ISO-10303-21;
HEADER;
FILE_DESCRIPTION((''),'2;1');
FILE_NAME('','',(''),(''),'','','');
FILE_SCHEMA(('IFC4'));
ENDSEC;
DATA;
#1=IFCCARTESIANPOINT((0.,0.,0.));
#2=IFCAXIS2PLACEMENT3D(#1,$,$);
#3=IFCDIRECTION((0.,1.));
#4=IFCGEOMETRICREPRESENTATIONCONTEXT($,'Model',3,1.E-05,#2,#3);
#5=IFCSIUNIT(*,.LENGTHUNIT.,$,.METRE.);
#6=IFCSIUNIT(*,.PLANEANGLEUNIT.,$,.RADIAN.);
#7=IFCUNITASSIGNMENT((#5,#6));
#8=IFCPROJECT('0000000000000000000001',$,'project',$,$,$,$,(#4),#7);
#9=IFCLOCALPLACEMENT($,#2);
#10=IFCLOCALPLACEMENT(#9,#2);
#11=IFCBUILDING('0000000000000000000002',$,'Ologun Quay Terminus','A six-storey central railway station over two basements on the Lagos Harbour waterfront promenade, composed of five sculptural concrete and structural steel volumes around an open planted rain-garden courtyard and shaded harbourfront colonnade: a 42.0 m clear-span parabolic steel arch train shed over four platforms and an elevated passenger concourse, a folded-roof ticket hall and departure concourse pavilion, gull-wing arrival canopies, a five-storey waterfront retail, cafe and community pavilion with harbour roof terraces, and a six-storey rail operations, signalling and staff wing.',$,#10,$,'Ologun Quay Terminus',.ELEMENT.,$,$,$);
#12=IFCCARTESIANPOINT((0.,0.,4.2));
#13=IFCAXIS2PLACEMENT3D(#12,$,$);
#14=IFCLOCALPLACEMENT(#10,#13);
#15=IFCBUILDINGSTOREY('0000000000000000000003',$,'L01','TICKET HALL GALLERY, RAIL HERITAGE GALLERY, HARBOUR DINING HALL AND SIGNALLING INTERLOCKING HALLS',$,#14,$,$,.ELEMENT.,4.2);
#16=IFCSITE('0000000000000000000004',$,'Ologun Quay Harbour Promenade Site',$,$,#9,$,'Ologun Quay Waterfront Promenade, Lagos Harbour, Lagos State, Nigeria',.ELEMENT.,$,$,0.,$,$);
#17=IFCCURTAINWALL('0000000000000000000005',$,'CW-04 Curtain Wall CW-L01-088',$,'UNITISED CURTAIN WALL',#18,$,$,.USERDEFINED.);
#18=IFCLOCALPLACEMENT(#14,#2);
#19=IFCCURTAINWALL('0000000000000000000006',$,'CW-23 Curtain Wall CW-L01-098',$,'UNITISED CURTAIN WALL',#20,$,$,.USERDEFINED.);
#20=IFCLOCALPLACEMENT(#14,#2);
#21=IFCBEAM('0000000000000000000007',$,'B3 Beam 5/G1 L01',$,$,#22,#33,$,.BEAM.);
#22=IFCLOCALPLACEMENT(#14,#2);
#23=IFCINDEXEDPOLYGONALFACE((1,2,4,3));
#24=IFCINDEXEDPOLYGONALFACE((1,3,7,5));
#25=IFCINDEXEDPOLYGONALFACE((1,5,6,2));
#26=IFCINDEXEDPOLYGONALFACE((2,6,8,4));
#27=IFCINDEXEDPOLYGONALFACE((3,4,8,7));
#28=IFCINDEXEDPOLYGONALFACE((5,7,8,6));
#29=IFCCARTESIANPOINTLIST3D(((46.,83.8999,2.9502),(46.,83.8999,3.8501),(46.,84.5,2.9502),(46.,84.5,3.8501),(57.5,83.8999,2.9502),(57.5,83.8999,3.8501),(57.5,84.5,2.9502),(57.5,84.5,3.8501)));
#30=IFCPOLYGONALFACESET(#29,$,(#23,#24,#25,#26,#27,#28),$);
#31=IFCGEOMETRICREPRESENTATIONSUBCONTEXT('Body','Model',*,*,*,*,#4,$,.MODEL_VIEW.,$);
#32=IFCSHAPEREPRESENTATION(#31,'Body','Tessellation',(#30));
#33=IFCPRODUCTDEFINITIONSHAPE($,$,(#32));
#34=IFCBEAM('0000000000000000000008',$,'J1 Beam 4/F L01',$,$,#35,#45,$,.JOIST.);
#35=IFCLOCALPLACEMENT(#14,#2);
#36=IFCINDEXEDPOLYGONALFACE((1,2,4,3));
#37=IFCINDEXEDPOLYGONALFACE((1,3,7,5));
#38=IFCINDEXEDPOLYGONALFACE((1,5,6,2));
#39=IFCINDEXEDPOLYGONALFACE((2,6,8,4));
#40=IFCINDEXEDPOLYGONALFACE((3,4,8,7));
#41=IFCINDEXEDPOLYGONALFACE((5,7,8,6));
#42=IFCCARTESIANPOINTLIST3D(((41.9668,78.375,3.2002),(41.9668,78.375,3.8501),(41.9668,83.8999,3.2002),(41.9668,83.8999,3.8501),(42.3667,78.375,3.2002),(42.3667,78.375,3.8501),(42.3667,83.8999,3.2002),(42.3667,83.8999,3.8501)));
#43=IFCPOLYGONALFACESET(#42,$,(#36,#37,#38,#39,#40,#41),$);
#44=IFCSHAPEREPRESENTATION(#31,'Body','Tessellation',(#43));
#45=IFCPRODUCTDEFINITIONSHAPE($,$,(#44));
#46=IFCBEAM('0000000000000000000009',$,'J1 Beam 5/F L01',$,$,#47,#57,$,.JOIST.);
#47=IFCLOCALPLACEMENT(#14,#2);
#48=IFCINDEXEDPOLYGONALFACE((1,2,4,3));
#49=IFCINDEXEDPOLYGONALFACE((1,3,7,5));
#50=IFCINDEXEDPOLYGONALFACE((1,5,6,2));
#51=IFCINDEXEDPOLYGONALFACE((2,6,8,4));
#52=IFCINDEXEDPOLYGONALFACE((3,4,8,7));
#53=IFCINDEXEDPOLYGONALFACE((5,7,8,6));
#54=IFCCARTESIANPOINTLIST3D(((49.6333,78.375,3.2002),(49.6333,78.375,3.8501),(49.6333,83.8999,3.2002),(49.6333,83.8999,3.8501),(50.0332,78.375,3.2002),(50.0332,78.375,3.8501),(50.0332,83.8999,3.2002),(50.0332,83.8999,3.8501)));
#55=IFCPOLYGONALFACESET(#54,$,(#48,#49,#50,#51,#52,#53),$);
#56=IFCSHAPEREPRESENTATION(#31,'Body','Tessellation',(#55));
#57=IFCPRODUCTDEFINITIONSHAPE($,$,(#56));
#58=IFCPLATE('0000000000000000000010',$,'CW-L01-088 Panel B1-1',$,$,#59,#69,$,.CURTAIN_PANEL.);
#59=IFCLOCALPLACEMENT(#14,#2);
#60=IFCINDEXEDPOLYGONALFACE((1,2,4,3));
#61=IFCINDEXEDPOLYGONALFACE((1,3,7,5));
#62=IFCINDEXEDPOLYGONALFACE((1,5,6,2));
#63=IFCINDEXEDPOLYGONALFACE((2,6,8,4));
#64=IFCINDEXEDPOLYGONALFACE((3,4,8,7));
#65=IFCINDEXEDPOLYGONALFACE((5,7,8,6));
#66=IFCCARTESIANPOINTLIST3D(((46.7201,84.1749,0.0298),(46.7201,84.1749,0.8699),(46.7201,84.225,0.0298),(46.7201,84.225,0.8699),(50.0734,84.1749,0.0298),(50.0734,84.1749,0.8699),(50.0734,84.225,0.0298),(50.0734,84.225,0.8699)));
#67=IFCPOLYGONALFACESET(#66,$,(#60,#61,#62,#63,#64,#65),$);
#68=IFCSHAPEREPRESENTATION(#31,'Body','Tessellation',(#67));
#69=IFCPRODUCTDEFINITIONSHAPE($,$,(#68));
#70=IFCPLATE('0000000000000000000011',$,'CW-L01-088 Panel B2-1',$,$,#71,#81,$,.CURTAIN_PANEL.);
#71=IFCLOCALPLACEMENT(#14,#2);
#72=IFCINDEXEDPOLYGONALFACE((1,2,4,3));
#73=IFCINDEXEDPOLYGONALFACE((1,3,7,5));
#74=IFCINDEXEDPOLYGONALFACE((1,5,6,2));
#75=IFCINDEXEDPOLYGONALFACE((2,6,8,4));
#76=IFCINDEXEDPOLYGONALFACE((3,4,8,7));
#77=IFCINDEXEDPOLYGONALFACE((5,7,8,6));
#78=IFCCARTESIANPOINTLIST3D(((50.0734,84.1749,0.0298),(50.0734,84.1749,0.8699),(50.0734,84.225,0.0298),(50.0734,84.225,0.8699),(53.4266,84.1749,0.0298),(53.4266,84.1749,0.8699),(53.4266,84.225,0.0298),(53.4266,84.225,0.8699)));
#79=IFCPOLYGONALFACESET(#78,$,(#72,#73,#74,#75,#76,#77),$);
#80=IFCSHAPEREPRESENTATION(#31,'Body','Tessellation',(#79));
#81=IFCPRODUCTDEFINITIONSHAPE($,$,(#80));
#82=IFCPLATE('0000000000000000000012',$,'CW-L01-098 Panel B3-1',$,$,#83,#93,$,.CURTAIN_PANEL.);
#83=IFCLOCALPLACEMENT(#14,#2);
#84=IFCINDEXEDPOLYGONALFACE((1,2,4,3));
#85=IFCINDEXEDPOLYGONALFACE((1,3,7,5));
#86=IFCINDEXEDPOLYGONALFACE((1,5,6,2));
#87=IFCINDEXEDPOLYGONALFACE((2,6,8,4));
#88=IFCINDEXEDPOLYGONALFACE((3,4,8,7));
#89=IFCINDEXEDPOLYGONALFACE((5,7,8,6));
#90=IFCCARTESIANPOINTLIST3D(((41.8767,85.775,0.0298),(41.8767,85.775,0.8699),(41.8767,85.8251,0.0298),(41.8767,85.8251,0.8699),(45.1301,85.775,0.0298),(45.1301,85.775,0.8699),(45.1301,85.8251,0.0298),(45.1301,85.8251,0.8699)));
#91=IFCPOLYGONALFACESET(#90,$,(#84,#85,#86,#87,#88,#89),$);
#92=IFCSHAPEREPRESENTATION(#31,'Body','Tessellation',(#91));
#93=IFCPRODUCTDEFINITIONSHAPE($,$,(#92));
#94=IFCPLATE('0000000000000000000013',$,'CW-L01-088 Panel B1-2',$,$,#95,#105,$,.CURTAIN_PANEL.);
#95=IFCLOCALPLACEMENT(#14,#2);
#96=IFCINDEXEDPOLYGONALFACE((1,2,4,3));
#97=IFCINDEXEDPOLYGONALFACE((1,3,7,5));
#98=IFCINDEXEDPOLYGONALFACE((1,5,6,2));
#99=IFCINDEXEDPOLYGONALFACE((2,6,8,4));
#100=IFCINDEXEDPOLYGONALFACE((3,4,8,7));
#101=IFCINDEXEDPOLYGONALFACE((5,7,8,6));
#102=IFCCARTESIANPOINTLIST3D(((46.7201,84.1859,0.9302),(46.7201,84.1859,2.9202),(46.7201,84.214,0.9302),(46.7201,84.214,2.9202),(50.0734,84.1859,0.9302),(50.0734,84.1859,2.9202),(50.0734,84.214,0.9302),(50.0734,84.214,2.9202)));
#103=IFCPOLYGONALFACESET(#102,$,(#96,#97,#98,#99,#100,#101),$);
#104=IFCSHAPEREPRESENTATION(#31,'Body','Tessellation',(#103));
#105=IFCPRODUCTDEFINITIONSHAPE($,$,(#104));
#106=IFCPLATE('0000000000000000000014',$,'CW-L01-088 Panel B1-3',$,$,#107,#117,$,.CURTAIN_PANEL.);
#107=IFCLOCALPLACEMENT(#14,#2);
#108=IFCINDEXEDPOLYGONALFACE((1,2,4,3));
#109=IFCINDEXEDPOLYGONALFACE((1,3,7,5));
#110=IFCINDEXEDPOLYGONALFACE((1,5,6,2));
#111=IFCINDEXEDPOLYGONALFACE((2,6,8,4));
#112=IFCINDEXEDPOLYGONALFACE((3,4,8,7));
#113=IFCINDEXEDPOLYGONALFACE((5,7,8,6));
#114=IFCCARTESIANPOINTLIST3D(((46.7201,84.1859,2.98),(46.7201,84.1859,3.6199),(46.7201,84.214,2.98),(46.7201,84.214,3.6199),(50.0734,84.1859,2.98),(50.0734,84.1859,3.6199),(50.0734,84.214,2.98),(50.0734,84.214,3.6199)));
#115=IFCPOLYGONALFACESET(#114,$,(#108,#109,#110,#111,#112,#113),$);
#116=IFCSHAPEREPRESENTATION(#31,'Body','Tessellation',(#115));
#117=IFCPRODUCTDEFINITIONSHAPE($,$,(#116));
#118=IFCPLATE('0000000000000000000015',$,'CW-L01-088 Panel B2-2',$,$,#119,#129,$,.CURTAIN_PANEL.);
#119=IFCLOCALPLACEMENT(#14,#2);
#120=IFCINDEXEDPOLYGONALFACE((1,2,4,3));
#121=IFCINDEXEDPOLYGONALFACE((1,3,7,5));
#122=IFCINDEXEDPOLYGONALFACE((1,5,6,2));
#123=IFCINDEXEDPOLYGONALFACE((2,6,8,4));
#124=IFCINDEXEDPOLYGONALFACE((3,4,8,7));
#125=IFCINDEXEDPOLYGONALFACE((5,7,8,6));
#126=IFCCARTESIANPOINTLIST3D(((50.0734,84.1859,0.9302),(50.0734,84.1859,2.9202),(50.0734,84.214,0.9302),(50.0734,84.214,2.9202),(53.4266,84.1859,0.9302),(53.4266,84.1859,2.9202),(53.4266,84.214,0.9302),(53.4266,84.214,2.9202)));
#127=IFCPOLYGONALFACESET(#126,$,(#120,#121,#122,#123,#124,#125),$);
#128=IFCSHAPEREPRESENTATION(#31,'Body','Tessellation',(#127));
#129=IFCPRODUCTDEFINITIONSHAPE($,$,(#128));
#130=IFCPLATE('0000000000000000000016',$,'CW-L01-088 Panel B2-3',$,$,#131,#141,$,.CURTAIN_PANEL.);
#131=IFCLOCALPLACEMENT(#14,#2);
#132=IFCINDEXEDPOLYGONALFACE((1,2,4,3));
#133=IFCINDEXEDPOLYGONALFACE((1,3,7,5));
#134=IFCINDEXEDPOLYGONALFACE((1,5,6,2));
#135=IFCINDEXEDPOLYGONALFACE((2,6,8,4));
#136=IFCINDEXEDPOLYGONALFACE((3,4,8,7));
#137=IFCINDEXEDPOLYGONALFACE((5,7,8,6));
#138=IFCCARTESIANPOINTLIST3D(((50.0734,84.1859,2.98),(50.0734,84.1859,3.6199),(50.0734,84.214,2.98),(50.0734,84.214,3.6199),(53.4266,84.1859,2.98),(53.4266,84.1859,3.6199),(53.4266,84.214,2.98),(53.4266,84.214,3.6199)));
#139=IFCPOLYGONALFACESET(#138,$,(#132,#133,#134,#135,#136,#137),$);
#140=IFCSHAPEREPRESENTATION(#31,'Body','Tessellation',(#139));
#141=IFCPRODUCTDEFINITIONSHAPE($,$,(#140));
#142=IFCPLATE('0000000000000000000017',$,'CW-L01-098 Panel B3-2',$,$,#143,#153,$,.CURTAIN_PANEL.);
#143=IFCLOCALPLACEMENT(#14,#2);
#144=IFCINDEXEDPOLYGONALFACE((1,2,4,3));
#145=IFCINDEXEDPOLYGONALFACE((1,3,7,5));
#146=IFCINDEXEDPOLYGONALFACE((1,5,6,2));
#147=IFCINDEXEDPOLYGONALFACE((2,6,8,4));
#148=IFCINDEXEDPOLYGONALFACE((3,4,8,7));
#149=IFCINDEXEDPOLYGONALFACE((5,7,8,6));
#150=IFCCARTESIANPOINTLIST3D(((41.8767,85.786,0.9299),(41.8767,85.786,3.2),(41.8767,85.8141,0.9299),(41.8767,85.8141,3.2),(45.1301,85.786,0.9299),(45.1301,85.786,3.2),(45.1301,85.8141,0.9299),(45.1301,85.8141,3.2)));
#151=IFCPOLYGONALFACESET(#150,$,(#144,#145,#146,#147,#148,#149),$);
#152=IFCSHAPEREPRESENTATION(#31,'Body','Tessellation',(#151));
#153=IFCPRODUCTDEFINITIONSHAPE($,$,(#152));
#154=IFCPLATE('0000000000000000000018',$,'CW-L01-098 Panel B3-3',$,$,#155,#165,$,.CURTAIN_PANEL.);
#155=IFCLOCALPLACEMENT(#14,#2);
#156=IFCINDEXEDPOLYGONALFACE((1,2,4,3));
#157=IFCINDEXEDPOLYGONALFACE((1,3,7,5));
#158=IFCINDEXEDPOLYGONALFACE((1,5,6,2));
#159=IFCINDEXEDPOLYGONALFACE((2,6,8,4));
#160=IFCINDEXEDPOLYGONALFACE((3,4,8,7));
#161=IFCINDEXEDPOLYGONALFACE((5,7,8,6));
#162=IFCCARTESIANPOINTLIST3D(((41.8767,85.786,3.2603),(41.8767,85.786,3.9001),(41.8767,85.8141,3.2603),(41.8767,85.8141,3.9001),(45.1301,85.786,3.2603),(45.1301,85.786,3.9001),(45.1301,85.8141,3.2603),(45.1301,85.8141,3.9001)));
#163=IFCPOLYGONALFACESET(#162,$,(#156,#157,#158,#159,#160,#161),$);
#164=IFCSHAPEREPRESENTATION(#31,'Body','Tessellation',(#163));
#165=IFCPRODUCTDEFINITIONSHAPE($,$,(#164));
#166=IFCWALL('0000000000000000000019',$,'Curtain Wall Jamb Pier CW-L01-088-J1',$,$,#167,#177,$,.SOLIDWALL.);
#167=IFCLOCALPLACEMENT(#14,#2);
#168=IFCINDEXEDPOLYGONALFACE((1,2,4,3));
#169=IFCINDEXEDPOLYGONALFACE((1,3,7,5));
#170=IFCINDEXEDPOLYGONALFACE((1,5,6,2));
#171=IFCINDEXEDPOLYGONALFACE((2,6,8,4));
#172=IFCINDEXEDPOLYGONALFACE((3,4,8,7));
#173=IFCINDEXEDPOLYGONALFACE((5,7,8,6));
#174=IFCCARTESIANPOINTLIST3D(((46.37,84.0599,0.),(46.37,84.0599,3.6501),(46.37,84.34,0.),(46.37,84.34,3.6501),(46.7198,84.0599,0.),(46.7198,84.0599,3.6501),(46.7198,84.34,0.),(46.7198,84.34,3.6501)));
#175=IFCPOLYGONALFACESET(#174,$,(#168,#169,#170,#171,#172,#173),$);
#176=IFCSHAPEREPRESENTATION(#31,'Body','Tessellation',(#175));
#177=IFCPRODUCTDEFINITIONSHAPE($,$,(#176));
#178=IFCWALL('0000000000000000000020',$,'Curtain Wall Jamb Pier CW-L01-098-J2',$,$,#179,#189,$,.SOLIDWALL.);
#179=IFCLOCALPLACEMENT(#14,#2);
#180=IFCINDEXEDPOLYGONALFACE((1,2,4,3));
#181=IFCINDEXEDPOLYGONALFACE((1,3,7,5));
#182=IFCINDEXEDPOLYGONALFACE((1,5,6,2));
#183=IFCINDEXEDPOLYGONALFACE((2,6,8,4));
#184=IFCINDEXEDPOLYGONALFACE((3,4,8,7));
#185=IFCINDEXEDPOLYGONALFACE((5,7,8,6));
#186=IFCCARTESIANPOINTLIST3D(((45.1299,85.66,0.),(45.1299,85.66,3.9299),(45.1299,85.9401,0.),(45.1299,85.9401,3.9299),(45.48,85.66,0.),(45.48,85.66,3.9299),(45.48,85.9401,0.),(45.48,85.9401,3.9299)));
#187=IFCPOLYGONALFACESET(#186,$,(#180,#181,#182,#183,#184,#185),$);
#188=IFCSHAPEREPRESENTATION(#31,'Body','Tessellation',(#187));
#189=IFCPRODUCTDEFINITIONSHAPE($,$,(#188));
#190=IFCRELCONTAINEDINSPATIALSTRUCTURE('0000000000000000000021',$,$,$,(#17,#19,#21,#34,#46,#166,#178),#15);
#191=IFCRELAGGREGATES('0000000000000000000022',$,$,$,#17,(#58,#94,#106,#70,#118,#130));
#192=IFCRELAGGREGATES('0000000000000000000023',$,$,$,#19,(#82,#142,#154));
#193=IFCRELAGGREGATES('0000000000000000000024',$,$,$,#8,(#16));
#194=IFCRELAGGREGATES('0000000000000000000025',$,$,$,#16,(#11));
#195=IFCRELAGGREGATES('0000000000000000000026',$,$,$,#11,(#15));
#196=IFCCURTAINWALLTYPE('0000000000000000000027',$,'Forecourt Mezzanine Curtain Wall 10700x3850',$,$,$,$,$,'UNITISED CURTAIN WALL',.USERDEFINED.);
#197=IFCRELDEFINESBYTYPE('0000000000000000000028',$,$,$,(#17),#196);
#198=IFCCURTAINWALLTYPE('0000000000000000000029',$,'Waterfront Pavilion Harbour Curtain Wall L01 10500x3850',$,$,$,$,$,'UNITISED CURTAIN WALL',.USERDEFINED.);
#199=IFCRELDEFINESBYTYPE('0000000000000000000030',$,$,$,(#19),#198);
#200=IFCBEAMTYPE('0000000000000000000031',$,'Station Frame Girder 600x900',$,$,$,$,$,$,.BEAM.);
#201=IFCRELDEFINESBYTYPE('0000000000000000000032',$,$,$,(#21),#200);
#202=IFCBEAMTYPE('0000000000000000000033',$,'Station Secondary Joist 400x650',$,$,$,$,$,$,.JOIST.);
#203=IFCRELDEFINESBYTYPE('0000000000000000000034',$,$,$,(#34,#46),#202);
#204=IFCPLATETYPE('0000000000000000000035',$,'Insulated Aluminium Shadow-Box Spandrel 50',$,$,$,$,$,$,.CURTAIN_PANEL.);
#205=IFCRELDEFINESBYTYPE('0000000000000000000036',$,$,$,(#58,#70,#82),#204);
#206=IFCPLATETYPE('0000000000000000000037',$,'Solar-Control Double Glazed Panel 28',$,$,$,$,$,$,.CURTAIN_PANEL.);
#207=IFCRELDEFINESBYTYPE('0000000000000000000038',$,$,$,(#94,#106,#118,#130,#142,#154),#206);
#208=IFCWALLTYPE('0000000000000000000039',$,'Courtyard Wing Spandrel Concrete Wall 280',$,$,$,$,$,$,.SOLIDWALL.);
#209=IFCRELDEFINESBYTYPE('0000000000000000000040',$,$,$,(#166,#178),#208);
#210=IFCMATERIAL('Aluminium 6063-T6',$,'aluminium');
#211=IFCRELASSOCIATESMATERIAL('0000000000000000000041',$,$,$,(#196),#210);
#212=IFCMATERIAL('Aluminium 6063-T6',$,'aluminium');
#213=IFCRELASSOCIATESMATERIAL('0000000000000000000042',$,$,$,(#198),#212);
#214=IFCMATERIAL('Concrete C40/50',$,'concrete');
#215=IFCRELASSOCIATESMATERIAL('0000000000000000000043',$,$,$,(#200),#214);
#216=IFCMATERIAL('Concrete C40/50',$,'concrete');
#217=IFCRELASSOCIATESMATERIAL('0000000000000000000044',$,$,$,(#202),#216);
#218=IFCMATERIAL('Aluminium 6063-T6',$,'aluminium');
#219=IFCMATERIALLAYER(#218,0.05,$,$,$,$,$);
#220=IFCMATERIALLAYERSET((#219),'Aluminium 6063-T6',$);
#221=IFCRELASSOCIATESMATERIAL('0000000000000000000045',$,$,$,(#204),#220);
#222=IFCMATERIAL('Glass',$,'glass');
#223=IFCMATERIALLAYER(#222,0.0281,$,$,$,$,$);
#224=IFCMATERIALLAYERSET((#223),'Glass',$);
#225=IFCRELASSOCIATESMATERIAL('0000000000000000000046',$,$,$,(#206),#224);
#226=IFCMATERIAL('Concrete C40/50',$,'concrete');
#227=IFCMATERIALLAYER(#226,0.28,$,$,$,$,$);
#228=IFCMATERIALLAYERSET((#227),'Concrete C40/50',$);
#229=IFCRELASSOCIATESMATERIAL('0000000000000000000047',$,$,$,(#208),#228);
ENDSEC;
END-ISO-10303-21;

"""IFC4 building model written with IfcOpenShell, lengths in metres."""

from ifc_helpers import new_model, si_unit, direction, frame, frame_2d, origin, origin_2d, place, context, subcontext, project, spatial, rectangle, extrude, material, layer, layer_set, material_profile, profile_set, type_object, element, aggregate, save


model = new_model("IFC4")

# Units and contexts
model_context = context("Model", 3, precision=1e-05, world=origin(), true_north=direction((0.0, 1.0)))
body_context = subcontext(model_context, "Body", "Model", "MODEL_VIEW")
ifc_project = project(units=[si_unit("LENGTHUNIT", "METRE"), si_unit("PLANEANGLEUNIT", "RADIAN")], contexts=[model_context])

# Site, building, storey
site_placement = place(None, origin())
site = spatial("IfcSite", under=ifc_project, at=site_placement, Name="Ologun Quay Harbour Promenade Site", LongName="Ologun Quay Waterfront Promenade, Lagos Harbour, Lagos State, Nigeria", CompositionType="ELEMENT", RefElevation=0.0)
building_placement = place(site_placement, origin())
building = spatial("IfcBuilding", under=site, at=building_placement, Name="Ologun Quay Terminus", Description="A six-storey central railway station over two basements on the Lagos Harbour waterfront promenade, composed of five sculptural concrete and structural steel volumes around an open planted rain-garden courtyard and shaded harbourfront colonnade: a 42.0 m clear-span parabolic steel arch train shed over four platforms and an elevated passenger concourse, a folded-roof ticket hall and departure concourse pavilion, gull-wing arrival canopies, a five-storey waterfront retail, cafe and community pavilion with harbour roof terraces, and a six-storey rail operations, signalling and staff wing.", LongName="Ologun Quay Terminus", CompositionType="ELEMENT")
storey_placement = place(building_placement, frame((0.0, 0.0, 4.2)))
storey = spatial("IfcBuildingStorey", under=building, at=storey_placement, Name="L01", Description="TICKET HALL GALLERY, RAIL HERITAGE GALLERY, HARBOUR DINING HALL AND SIGNALLING INTERLOCKING HALLS", CompositionType="ELEMENT", Elevation=4.2)

# Curtain wall
ifc_material_1 = material(Name="Aluminium 6063-T6", Category="aluminium")
curtain_wall_type_1 = type_object("IfcCurtainWallType", Name="Forecourt Mezzanine Curtain Wall 10700x3850", ElementType="UNITISED CURTAIN WALL", PredefinedType="USERDEFINED", material=ifc_material_1)
curtain_wall_1_placement = place(storey_placement, origin())
curtain_wall_1 = element("IfcCurtainWall", 1, at=curtain_wall_1_placement, inside=storey, type_object=curtain_wall_type_1, Name="CW-04 Curtain Wall CW-L01-088", ObjectType="UNITISED CURTAIN WALL", PredefinedType="USERDEFINED")

# Curtain wall
ifc_material_2 = material(Name="Aluminium 6063-T6", Category="aluminium")
curtain_wall_type_2 = type_object("IfcCurtainWallType", Name="Waterfront Pavilion Harbour Curtain Wall L01 10500x3850", ElementType="UNITISED CURTAIN WALL", PredefinedType="USERDEFINED", material=ifc_material_2)
curtain_wall_2_placement = place(storey_placement, origin())
curtain_wall_2 = element("IfcCurtainWall", 2, at=curtain_wall_2_placement, inside=storey, type_object=curtain_wall_type_2, Name="CW-23 Curtain Wall CW-L01-098", ObjectType="UNITISED CURTAIN WALL", PredefinedType="USERDEFINED")

# Beams
ifc_material_3 = material(Name="Concrete C40/50", Category="concrete")
ifc_material_profile_1 = material_profile(ifc_material_3, rectangle(XDim=0.6001, YDim=0.8999, at=origin_2d()), Name="RC 600x900")
ifc_profile_set_1 = profile_set([ifc_material_profile_1], Name="Concrete C40/50")
beam_type_1 = type_object("IfcBeamType", Name="Station Frame Girder 600x900", PredefinedType="BEAM", material=ifc_profile_set_1)
beam_1_placement = place(storey_placement, frame((46.0, 84.2, 3.4001), z_axis=(1.0, 0.0, 0.0), x_axis=(0.0, 1.0, 0.0)))
element("IfcBeam", 3, at=beam_1_placement, inside=storey, type_object=beam_type_1, Name="B3 Beam 5/G1 L01", PredefinedType="BEAM", context=body_context, shape_type="SweptSolid", body=[
    extrude(rectangle(XDim=0.6001, YDim=0.8999, at=origin_2d()), origin(), (0.0, 0.0, 1.0), 11.5),
])
ifc_material_4 = material(Name="Concrete C40/50", Category="concrete")
ifc_material_profile_2 = material_profile(ifc_material_4, rectangle(XDim=0.3999, YDim=0.6499, at=origin_2d()), Name="RC 400x650")
ifc_profile_set_2 = profile_set([ifc_material_profile_2], Name="Concrete C40/50")
beam_type_2 = type_object("IfcBeamType", Name="Station Secondary Joist 400x650", PredefinedType="JOIST", material=ifc_profile_set_2)
for number, where, z_axis, x_axis, name in (
    (4, (42.1667, 78.375, 3.5251), (0.0, 1.0, 0.0), (-1.0, 0.0, 0.0), "J1 Beam 4/F L01"),
    (5, (49.8333, 78.375, 3.5251), (0.0, 1.0, 0.0), (-1.0, 0.0, 0.0), "J1 Beam 5/F L01"),
):
    element("IfcBeam", number, at=place(storey_placement, frame(where, z_axis=z_axis, x_axis=x_axis)), inside=storey, type_object=beam_type_2, Name=name, PredefinedType="JOIST", context=body_context, shape_type="SweptSolid", body=[
        extrude(rectangle(XDim=0.3999, YDim=0.6499, at=origin_2d()), origin(), (0.0, 0.0, 1.0), 5.5249),
    ])

# Plates
ifc_material_5 = material(Name="Aluminium 6063-T6", Category="aluminium")
ifc_layer_1 = layer(ifc_material_5, 0.05)
ifc_layer_set_1 = layer_set([ifc_layer_1], Name="Aluminium 6063-T6")
plate_type_1 = type_object("IfcPlateType", Name="Insulated Aluminium Shadow-Box Spandrel 50", PredefinedType="CURTAIN_PANEL", material=ifc_layer_set_1)
plate_1_placement = place(storey_placement, frame((48.3967, 84.2, 0.0298), z_axis=(0.0, 0.0, 1.0), x_axis=(1.0, 0.0, 0.0)))
plate_1 = element("IfcPlate", 6, at=plate_1_placement, type_object=plate_type_1, Name="CW-L01-088 Panel B1-1", PredefinedType="CURTAIN_PANEL", context=body_context, shape_type="SweptSolid", body=[
    extrude(rectangle(XDim=3.3533, YDim=0.05, at=origin_2d()), origin(), (0.0, 0.0, 1.0), 0.8401),
])
plate_2_placement = place(storey_placement, frame((51.75, 84.2, 0.0298), z_axis=(0.0, 0.0, 1.0), x_axis=(1.0, 0.0, 0.0)))
plate_2 = element("IfcPlate", 7, at=plate_2_placement, type_object=plate_type_1, Name="CW-L01-088 Panel B2-1", PredefinedType="CURTAIN_PANEL", context=body_context, shape_type="SweptSolid", body=[
    extrude(rectangle(XDim=3.3533, YDim=0.05, at=origin_2d()), origin(), (0.0, 0.0, 1.0), 0.8401),
])
plate_3_placement = place(storey_placement, frame((43.5034, 85.8, 0.0298), z_axis=(0.0, 0.0, 1.0), x_axis=(1.0, 0.0, 0.0)))
plate_3 = element("IfcPlate", 8, at=plate_3_placement, type_object=plate_type_1, Name="CW-L01-098 Panel B3-1", PredefinedType="CURTAIN_PANEL", context=body_context, shape_type="SweptSolid", body=[
    extrude(rectangle(XDim=3.2534, YDim=0.05, at=origin_2d()), origin(), (0.0, 0.0, 1.0), 0.8401),
])
ifc_material_6 = material(Name="Glass", Category="glass")
ifc_layer_2 = layer(ifc_material_6, 0.0281)
ifc_layer_set_2 = layer_set([ifc_layer_2], Name="Glass")
plate_type_2 = type_object("IfcPlateType", Name="Solar-Control Double Glazed Panel 28", PredefinedType="CURTAIN_PANEL", material=ifc_layer_set_2)
plate_4_placement = place(storey_placement, frame((48.3967, 84.2, 0.9302), z_axis=(0.0, 0.0, 1.0), x_axis=(1.0, 0.0, 0.0)))
plate_4 = element("IfcPlate", 9, at=plate_4_placement, type_object=plate_type_2, Name="CW-L01-088 Panel B1-2", PredefinedType="CURTAIN_PANEL", context=body_context, shape_type="SweptSolid", body=[
    extrude(rectangle(XDim=3.3533, YDim=0.0281, at=origin_2d()), origin(), (0.0, 0.0, 1.0), 1.99),
])
plate_5_placement = place(storey_placement, frame((48.3967, 84.2, 2.98), z_axis=(0.0, 0.0, 1.0), x_axis=(1.0, 0.0, 0.0)))
plate_5 = element("IfcPlate", 10, at=plate_5_placement, type_object=plate_type_2, Name="CW-L01-088 Panel B1-3", PredefinedType="CURTAIN_PANEL", context=body_context, shape_type="SweptSolid", body=[
    extrude(rectangle(XDim=3.3533, YDim=0.0281, at=origin_2d()), origin(), (0.0, 0.0, 1.0), 0.6399),
])
plate_6_placement = place(storey_placement, frame((51.75, 84.2, 0.9302), z_axis=(0.0, 0.0, 1.0), x_axis=(1.0, 0.0, 0.0)))
plate_6 = element("IfcPlate", 11, at=plate_6_placement, type_object=plate_type_2, Name="CW-L01-088 Panel B2-2", PredefinedType="CURTAIN_PANEL", context=body_context, shape_type="SweptSolid", body=[
    extrude(rectangle(XDim=3.3533, YDim=0.0281, at=origin_2d()), origin(), (0.0, 0.0, 1.0), 1.99),
])
plate_7_placement = place(storey_placement, frame((51.75, 84.2, 2.98), z_axis=(0.0, 0.0, 1.0), x_axis=(1.0, 0.0, 0.0)))
plate_7 = element("IfcPlate", 12, at=plate_7_placement, type_object=plate_type_2, Name="CW-L01-088 Panel B2-3", PredefinedType="CURTAIN_PANEL", context=body_context, shape_type="SweptSolid", body=[
    extrude(rectangle(XDim=3.3533, YDim=0.0281, at=origin_2d()), origin(), (0.0, 0.0, 1.0), 0.6399),
])
aggregate(curtain_wall_1, [plate_1, plate_4, plate_5, plate_2, plate_6, plate_7])
plate_8_placement = place(storey_placement, frame((43.5034, 85.8, 0.9299), z_axis=(0.0, 0.0, 1.0), x_axis=(1.0, 0.0, 0.0)))
plate_8 = element("IfcPlate", 13, at=plate_8_placement, type_object=plate_type_2, Name="CW-L01-098 Panel B3-2", PredefinedType="CURTAIN_PANEL", context=body_context, shape_type="SweptSolid", body=[
    extrude(rectangle(XDim=3.2534, YDim=0.0281, at=origin_2d()), origin(), (0.0, 0.0, 1.0), 2.27),
])
plate_9_placement = place(storey_placement, frame((43.5034, 85.8, 3.2603), z_axis=(0.0, 0.0, 1.0), x_axis=(1.0, 0.0, 0.0)))
plate_9 = element("IfcPlate", 14, at=plate_9_placement, type_object=plate_type_2, Name="CW-L01-098 Panel B3-3", PredefinedType="CURTAIN_PANEL", context=body_context, shape_type="SweptSolid", body=[
    extrude(rectangle(XDim=3.2534, YDim=0.0281, at=origin_2d()), origin(), (0.0, 0.0, 1.0), 0.6399),
])
aggregate(curtain_wall_2, [plate_3, plate_8, plate_9])

# Walls
ifc_material_7 = material(Name="Concrete C40/50", Category="concrete")
ifc_layer_3 = layer(ifc_material_7, 0.28)
ifc_layer_set_3 = layer_set([ifc_layer_3], Name="Concrete C40/50")
wall_type_1 = type_object("IfcWallType", Name="Courtyard Wing Spandrel Concrete Wall 280", PredefinedType="SOLIDWALL", material=ifc_layer_set_3)
wall_1_placement = place(storey_placement, frame((46.3701, 84.2, 0.0), z_axis=(0.0, 0.0, 1.0), x_axis=(1.0, 0.0, 0.0)))
element("IfcWall", 15, at=wall_1_placement, inside=storey, type_object=wall_type_1, Name="Curtain Wall Jamb Pier CW-L01-088-J1", PredefinedType="SOLIDWALL", context=body_context, shape_type="SweptSolid", body=[
    extrude(rectangle(XDim=0.3499, YDim=0.28, at=frame_2d((0.1748, 0.0))), origin(), (0.0, 0.0, 1.0), 3.6501),
])
wall_2_placement = place(storey_placement, frame((45.1299, 85.8, 0.0), z_axis=(0.0, 0.0, 1.0), x_axis=(1.0, 0.0, 0.0)))
element("IfcWall", 16, at=wall_2_placement, inside=storey, type_object=wall_type_1, Name="Curtain Wall Jamb Pier CW-L01-098-J2", PredefinedType="SOLIDWALL", context=body_context, shape_type="SweptSolid", body=[
    extrude(rectangle(XDim=0.3501, YDim=0.28, at=frame_2d((0.175, 0.0))), origin(), (0.0, 0.0, 1.0), 3.9299),
])

save(model, "model.ifc")
